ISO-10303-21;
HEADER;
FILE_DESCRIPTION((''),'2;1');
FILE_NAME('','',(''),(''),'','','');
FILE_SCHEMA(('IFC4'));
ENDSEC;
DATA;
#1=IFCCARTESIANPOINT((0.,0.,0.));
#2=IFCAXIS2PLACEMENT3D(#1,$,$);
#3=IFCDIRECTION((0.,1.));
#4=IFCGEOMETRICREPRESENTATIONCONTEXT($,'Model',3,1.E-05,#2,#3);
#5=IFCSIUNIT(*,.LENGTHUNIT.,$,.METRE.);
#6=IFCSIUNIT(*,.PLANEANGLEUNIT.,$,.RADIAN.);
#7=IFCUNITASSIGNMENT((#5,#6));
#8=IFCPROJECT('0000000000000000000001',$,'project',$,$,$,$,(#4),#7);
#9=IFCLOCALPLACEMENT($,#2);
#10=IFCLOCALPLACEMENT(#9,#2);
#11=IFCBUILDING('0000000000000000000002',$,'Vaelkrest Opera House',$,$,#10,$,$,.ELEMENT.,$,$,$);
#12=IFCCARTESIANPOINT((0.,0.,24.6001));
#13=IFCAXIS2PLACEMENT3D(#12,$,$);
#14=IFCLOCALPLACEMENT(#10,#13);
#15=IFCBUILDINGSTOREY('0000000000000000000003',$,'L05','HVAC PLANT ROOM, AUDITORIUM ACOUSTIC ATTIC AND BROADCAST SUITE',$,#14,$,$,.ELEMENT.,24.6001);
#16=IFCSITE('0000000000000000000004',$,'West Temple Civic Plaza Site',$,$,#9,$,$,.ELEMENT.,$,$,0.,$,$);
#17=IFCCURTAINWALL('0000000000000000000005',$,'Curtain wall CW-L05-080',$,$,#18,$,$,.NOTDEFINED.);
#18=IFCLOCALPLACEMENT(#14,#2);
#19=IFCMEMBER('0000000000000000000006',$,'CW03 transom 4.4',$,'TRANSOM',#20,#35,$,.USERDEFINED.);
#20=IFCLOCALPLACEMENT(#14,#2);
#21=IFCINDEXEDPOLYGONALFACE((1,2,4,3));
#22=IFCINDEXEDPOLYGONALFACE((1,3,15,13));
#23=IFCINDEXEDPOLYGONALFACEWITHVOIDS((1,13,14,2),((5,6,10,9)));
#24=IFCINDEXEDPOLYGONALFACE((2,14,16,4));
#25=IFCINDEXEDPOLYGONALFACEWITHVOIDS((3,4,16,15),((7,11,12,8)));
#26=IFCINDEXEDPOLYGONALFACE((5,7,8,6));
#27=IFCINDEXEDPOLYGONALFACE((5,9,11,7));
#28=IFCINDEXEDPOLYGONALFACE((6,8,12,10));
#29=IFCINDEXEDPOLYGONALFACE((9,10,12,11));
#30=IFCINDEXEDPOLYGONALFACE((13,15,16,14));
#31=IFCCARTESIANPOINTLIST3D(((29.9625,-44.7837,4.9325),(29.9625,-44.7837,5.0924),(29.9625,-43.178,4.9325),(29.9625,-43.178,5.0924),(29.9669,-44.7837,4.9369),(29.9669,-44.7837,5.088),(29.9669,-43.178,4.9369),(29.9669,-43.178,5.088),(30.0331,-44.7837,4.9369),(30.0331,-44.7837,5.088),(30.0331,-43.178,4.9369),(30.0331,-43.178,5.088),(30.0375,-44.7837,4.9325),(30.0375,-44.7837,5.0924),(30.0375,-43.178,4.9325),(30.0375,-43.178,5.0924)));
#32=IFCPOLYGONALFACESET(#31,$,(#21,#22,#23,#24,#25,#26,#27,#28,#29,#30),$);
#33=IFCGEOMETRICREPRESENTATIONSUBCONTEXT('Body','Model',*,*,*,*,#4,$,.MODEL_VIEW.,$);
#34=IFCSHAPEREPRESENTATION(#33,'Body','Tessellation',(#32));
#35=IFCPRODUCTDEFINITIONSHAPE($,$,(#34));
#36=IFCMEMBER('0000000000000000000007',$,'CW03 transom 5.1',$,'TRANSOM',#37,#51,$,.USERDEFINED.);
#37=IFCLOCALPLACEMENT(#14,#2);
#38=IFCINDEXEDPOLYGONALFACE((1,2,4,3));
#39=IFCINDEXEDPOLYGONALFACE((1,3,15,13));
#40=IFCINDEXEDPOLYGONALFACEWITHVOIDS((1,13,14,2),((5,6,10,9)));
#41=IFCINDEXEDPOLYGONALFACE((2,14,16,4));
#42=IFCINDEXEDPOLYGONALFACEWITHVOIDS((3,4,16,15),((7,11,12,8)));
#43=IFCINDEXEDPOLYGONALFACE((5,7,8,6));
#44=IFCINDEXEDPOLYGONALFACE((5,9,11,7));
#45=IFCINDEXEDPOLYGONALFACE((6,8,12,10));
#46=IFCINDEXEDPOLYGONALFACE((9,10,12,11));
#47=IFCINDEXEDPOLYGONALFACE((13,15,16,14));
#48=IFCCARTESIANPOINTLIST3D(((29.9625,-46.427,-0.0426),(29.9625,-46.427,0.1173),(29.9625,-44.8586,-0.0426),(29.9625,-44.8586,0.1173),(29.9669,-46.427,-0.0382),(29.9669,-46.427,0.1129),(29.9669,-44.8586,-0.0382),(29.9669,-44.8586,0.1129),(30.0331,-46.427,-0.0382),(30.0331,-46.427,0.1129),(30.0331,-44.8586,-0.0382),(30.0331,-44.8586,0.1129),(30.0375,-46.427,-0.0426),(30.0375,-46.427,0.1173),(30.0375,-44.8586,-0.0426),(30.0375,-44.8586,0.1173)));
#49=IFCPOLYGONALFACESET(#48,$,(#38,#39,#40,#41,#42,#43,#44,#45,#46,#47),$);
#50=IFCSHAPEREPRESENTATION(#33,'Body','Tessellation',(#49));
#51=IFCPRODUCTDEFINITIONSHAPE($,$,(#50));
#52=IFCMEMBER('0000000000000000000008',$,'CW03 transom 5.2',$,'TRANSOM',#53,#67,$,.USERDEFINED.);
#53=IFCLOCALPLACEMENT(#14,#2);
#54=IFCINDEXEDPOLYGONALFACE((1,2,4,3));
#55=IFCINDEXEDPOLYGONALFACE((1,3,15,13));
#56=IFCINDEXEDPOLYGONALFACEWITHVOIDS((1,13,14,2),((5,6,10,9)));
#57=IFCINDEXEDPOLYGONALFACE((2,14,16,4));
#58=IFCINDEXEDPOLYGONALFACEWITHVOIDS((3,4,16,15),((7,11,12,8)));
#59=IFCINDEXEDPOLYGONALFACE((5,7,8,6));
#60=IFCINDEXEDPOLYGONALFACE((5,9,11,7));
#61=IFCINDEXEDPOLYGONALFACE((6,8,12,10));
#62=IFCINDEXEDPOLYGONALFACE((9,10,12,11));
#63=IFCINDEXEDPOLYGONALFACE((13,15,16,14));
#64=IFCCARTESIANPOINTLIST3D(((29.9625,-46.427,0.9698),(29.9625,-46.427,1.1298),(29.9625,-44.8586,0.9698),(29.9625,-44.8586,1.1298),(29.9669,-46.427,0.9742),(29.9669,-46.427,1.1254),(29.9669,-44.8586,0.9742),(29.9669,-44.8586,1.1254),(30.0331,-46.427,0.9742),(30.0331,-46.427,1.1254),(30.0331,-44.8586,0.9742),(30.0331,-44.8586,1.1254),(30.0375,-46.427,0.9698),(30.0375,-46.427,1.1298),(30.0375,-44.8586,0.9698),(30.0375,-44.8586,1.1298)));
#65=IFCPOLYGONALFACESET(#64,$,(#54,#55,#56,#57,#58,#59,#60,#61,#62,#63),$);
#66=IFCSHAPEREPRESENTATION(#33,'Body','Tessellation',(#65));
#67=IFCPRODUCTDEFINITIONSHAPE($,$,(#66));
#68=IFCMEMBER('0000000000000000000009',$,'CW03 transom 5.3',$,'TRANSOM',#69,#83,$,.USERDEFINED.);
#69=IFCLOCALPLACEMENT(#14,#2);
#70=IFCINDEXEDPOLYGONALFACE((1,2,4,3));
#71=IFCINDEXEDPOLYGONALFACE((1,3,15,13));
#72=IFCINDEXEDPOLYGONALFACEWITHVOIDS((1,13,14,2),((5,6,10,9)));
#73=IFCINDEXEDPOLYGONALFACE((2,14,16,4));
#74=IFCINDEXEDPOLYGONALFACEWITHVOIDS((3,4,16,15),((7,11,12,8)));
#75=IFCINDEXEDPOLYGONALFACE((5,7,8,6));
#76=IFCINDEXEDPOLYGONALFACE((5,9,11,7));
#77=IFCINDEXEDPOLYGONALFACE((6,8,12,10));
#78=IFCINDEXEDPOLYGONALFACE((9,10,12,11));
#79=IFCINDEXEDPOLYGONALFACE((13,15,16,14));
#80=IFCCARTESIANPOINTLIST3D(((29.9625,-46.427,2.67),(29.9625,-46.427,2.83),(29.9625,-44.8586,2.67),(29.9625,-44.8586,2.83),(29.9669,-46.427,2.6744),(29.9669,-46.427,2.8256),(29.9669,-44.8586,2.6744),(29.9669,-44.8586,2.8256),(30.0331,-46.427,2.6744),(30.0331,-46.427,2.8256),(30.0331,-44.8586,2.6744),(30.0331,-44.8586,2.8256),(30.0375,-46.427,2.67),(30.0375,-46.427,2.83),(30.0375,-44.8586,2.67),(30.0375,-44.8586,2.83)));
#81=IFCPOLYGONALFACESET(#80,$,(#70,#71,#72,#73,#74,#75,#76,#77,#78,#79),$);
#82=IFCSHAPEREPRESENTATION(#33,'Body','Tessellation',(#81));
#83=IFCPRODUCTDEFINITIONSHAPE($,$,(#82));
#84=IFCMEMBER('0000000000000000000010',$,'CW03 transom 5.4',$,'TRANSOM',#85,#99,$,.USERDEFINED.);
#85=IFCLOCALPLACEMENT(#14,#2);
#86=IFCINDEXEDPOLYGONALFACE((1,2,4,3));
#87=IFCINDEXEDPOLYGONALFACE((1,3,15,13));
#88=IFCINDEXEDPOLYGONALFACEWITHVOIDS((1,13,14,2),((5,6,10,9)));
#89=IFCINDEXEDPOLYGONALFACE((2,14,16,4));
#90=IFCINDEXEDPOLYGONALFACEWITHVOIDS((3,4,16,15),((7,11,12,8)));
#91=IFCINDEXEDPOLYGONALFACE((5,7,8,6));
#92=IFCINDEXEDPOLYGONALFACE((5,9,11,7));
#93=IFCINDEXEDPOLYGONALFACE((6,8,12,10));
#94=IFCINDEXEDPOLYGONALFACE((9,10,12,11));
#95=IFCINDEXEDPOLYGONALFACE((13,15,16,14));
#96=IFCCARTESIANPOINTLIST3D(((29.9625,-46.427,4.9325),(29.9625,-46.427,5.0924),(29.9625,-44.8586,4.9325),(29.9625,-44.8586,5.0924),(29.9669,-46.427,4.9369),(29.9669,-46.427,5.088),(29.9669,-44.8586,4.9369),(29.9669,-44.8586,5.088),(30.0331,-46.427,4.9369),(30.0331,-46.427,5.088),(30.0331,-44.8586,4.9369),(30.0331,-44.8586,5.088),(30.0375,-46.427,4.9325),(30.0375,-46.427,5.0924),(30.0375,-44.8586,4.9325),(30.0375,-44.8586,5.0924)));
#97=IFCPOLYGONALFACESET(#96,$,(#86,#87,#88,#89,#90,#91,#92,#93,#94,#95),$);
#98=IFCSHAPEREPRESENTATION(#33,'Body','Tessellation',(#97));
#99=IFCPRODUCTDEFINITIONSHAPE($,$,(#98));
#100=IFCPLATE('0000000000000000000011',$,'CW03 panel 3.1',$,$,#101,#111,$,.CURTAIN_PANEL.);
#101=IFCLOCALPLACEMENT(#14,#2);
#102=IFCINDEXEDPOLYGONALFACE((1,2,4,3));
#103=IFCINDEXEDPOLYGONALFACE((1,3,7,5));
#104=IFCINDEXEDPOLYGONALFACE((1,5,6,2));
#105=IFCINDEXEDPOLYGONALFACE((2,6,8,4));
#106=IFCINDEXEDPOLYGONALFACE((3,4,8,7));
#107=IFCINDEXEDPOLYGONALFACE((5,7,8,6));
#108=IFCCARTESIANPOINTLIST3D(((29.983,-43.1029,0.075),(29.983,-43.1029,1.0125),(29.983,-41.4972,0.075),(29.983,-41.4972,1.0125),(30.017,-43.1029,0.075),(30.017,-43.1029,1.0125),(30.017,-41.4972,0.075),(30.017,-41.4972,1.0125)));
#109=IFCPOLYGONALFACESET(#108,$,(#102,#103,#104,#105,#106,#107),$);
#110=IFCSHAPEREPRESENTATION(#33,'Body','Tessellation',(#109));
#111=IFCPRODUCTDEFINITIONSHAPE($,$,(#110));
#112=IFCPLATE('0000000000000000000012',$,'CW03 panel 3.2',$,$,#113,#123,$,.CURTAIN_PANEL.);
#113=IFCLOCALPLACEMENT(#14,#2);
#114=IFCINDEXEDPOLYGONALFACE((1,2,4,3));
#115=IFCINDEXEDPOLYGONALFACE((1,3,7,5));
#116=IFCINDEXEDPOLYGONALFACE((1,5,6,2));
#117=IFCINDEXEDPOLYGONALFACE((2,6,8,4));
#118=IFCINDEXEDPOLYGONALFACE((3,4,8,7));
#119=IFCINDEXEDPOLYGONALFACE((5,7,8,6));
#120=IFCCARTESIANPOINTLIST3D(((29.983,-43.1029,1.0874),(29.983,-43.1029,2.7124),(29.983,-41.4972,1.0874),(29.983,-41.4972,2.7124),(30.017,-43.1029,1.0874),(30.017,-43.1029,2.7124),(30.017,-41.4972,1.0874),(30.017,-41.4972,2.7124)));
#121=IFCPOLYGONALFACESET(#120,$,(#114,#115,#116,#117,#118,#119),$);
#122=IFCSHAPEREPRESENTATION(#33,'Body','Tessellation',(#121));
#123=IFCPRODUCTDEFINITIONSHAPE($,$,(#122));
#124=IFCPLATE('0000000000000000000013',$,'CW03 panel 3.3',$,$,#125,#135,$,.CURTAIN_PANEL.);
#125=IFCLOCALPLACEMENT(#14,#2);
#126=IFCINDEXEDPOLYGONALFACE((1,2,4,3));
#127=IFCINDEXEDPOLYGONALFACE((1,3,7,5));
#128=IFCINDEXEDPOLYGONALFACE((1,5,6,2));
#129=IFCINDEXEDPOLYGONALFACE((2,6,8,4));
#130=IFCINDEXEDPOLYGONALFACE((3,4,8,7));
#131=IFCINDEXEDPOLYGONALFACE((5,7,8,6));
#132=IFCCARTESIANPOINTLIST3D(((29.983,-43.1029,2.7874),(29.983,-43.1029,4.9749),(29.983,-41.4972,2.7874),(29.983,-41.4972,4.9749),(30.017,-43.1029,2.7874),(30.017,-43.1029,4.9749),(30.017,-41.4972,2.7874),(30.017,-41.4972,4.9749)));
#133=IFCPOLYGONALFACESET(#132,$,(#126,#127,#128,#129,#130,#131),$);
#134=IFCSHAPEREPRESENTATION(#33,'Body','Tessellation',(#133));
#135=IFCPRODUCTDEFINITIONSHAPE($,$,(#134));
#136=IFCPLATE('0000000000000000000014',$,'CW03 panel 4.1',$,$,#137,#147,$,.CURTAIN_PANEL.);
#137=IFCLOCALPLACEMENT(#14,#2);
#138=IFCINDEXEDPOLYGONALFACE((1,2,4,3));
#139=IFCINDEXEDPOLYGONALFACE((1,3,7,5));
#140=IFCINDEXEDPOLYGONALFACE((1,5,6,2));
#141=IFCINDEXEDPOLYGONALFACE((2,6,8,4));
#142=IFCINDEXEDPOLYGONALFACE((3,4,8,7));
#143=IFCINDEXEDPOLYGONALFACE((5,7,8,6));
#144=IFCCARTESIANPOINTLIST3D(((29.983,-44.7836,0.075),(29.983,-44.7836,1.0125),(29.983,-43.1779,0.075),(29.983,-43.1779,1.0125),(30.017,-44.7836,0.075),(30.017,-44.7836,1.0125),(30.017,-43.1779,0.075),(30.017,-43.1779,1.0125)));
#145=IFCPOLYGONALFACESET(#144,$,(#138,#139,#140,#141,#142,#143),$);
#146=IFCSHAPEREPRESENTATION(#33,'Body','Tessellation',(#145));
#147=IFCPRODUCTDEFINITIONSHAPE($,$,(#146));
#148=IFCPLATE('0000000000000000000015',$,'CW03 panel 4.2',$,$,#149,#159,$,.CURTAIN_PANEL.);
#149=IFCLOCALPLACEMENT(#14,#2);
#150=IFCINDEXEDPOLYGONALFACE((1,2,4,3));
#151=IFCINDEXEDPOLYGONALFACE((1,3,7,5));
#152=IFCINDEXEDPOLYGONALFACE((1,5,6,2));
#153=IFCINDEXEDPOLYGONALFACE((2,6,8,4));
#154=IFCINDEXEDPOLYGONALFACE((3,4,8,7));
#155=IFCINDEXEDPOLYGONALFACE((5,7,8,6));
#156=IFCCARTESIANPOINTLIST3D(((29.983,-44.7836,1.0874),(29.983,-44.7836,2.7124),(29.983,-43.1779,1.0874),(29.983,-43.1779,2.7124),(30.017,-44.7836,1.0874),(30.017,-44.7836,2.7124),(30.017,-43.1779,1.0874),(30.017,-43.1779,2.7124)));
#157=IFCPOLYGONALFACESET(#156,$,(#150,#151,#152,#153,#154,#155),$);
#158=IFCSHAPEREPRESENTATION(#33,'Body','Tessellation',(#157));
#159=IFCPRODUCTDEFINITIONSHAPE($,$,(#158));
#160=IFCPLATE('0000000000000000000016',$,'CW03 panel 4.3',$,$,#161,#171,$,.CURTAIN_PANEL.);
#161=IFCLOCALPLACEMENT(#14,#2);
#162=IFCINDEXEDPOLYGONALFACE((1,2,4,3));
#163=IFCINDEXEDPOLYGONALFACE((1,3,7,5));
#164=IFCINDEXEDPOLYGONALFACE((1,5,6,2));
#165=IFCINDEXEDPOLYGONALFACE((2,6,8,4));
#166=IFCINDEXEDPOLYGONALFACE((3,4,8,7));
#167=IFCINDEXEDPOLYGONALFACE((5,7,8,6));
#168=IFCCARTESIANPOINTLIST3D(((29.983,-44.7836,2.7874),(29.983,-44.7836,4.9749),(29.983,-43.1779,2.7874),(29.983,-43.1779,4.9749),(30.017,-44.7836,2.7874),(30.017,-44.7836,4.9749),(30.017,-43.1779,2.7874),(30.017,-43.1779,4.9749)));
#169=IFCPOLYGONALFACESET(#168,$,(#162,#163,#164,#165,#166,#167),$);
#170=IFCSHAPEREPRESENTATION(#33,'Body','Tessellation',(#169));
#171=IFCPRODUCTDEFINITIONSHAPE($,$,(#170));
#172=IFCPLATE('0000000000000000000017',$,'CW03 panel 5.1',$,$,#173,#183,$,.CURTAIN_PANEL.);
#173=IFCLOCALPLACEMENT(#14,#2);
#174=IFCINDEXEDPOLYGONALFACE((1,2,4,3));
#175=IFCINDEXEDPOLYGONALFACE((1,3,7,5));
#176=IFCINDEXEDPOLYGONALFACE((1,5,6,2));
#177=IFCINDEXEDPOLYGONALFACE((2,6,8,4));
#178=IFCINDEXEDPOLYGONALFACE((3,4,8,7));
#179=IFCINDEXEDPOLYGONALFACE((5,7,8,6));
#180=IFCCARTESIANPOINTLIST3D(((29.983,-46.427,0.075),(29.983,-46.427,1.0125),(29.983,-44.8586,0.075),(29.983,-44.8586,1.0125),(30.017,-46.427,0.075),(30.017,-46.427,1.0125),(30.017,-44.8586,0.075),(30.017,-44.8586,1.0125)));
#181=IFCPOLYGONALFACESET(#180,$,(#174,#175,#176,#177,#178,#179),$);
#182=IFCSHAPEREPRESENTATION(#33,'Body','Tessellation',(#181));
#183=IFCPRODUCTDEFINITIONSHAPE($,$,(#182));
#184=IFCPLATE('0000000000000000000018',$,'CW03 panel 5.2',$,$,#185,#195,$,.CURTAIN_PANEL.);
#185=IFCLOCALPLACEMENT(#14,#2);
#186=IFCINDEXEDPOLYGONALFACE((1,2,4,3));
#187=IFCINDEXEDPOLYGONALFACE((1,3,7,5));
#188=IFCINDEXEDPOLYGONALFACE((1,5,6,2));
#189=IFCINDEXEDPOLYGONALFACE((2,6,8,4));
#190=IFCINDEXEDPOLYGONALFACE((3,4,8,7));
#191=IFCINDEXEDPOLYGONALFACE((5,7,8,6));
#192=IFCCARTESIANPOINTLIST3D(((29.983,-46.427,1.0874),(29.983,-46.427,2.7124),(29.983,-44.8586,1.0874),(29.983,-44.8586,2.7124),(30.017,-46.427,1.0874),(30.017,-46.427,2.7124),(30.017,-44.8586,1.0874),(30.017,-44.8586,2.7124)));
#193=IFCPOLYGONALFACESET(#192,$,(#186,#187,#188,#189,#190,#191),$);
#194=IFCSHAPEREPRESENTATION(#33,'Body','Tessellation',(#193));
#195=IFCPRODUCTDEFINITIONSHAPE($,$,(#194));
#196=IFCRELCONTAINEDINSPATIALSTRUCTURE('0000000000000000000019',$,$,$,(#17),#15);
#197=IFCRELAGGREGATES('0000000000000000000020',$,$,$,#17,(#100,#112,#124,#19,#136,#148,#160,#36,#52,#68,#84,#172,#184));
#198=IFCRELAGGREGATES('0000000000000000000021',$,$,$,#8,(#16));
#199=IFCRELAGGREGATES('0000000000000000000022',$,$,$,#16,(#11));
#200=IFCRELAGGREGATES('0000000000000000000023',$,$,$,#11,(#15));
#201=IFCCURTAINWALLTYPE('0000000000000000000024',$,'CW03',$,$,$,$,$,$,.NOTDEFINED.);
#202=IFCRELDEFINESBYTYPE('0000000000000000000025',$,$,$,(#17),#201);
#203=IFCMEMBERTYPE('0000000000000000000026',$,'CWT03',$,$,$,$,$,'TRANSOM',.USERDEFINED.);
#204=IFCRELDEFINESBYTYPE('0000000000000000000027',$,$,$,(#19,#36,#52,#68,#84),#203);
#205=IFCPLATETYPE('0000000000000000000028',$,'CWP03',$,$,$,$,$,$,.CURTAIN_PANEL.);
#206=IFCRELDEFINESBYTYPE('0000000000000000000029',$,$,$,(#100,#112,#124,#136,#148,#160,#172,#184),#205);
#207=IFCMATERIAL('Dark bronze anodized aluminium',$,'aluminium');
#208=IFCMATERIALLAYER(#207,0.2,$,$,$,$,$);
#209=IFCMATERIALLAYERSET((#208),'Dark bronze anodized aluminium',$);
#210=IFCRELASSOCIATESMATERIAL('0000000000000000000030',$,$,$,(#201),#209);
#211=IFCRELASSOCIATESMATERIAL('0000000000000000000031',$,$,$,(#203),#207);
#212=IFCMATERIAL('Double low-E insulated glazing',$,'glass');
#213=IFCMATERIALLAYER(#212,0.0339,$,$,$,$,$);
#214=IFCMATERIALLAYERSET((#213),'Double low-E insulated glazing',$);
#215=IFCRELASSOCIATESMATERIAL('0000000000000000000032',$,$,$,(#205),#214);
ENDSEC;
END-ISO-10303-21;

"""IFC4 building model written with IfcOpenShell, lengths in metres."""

from ifc_helpers import new_model, si_unit, direction, frame, origin, origin_2d, place, context, subcontext, project, spatial, rectangle, hollow_rectangle, extrude, material, layer, layer_set, material_profile, profile_set, type_object, element, aggregate, save


model = new_model("IFC4")

# Units and contexts
model_context = context("Model", 3, precision=1e-05, world=origin(), true_north=direction((0.0, 1.0)))
body_context = subcontext(model_context, "Body", "Model", "MODEL_VIEW")
ifc_project = project(units=[si_unit("LENGTHUNIT", "METRE"), si_unit("PLANEANGLEUNIT", "RADIAN")], contexts=[model_context])

# Site, building, storey
site_placement = place(None, origin())
site = spatial("IfcSite", under=ifc_project, at=site_placement, Name="West Temple Civic Plaza Site", CompositionType="ELEMENT", RefElevation=0.0)
building_placement = place(site_placement, origin())
building = spatial("IfcBuilding", under=site, at=building_placement, Name="Vaelkrest Opera House", CompositionType="ELEMENT")
storey_placement = place(building_placement, frame((0.0, 0.0, 24.6001)))
storey = spatial("IfcBuildingStorey", under=building, at=storey_placement, Name="L05", Description="HVAC PLANT ROOM, AUDITORIUM ACOUSTIC ATTIC AND BROADCAST SUITE", CompositionType="ELEMENT", Elevation=24.6001)

# Curtain wall, members, plates
ifc_material_1 = material(Name="Dark bronze anodized aluminium", Category="aluminium")
ifc_layer_1 = layer(ifc_material_1, 0.2)
ifc_layer_set_1 = layer_set([ifc_layer_1], Name="Dark bronze anodized aluminium")
curtain_wall_type = type_object("IfcCurtainWallType", Name="CW03", PredefinedType="NOTDEFINED", material=ifc_layer_set_1)
curtain_wall_placement = place(storey_placement, origin())
curtain_wall = element("IfcCurtainWall", 1, at=curtain_wall_placement, inside=storey, type_object=curtain_wall_type, Name="Curtain wall CW-L05-080", PredefinedType="NOTDEFINED")
ifc_material_profile_1 = material_profile(ifc_material_1, hollow_rectangle(XDim=0.075, YDim=0.1599, WallThickness=0.0044, at=origin_2d()), Name="CWT75X160")
ifc_profile_set_1 = profile_set([ifc_material_profile_1], Name="Dark bronze anodized aluminium")
member_type_1 = type_object("IfcMemberType", Name="CWT03", ElementType="TRANSOM", PredefinedType="USERDEFINED", material=ifc_profile_set_1)
member_1_placement = place(storey_placement, frame((30.0, -43.178, 5.0125), z_axis=(0.0, -1.0, 0.0), x_axis=(1.0, 0.0, 0.0)))
member_1 = element("IfcMember", 2, at=member_1_placement, type_object=member_type_1, Name="CW03 transom 4.4", ObjectType="TRANSOM", PredefinedType="USERDEFINED", context=body_context, shape_type="SweptSolid", body=[
    extrude(hollow_rectangle(XDim=0.075, YDim=0.1599, WallThickness=0.0044, at=origin_2d()), origin(), (0.0, 0.0, 1.0), 1.6057),
])
member_2_placement = place(storey_placement, frame((30.0, -44.8586, 0.0374), z_axis=(0.0, -1.0, 0.0), x_axis=(1.0, 0.0, 0.0)))
member_2 = element("IfcMember", 3, at=member_2_placement, type_object=member_type_1, Name="CW03 transom 5.1", ObjectType="TRANSOM", PredefinedType="USERDEFINED", context=body_context, shape_type="SweptSolid", body=[
    extrude(hollow_rectangle(XDim=0.075, YDim=0.1599, WallThickness=0.0044, at=origin_2d()), origin(), (0.0, 0.0, 1.0), 1.5684),
])
member_3_placement = place(storey_placement, frame((30.0, -44.8586, 1.0498), z_axis=(0.0, -1.0, 0.0), x_axis=(1.0, 0.0, 0.0)))
member_3 = element("IfcMember", 4, at=member_3_placement, type_object=member_type_1, Name="CW03 transom 5.2", ObjectType="TRANSOM", PredefinedType="USERDEFINED", context=body_context, shape_type="SweptSolid", body=[
    extrude(hollow_rectangle(XDim=0.075, YDim=0.1599, WallThickness=0.0044, at=origin_2d()), origin(), (0.0, 0.0, 1.0), 1.5684),
])
member_4_placement = place(storey_placement, frame((30.0, -44.8586, 2.75), z_axis=(0.0, -1.0, 0.0), x_axis=(1.0, 0.0, 0.0)))
member_4 = element("IfcMember", 5, at=member_4_placement, type_object=member_type_1, Name="CW03 transom 5.3", ObjectType="TRANSOM", PredefinedType="USERDEFINED", context=body_context, shape_type="SweptSolid", body=[
    extrude(hollow_rectangle(XDim=0.075, YDim=0.1599, WallThickness=0.0044, at=origin_2d()), origin(), (0.0, 0.0, 1.0), 1.5684),
])
member_5_placement = place(storey_placement, frame((30.0, -44.8586, 5.0125), z_axis=(0.0, -1.0, 0.0), x_axis=(1.0, 0.0, 0.0)))
member_5 = element("IfcMember", 6, at=member_5_placement, type_object=member_type_1, Name="CW03 transom 5.4", ObjectType="TRANSOM", PredefinedType="USERDEFINED", context=body_context, shape_type="SweptSolid", body=[
    extrude(hollow_rectangle(XDim=0.075, YDim=0.1599, WallThickness=0.0044, at=origin_2d()), origin(), (0.0, 0.0, 1.0), 1.5684),
])
ifc_material_2 = material(Name="Double low-E insulated glazing", Category="glass")
ifc_layer_2 = layer(ifc_material_2, 0.0339)
ifc_layer_set_2 = layer_set([ifc_layer_2], Name="Double low-E insulated glazing")
plate_type = type_object("IfcPlateType", Name="CWP03", PredefinedType="CURTAIN_PANEL", material=ifc_layer_set_2)
plate_1_placement = place(storey_placement, frame((30.0, -42.3, 0.075), z_axis=(0.0, 0.0, 1.0), x_axis=(0.0, -1.0, 0.0)))
plate_1 = element("IfcPlate", 7, at=plate_1_placement, type_object=plate_type, Name="CW03 panel 3.1", PredefinedType="CURTAIN_PANEL", context=body_context, shape_type="SweptSolid", body=[
    extrude(rectangle(XDim=1.6057, YDim=0.0339, at=origin_2d()), origin(), (0.0, 0.0, 1.0), 0.9375),
])
plate_2_placement = place(storey_placement, frame((30.0, -42.3, 1.0874), z_axis=(0.0, 0.0, 1.0), x_axis=(0.0, -1.0, 0.0)))
plate_2 = element("IfcPlate", 8, at=plate_2_placement, type_object=plate_type, Name="CW03 panel 3.2", PredefinedType="CURTAIN_PANEL", context=body_context, shape_type="SweptSolid", body=[
    extrude(rectangle(XDim=1.6057, YDim=0.0339, at=origin_2d()), origin(), (0.0, 0.0, 1.0), 1.625),
])
plate_3_placement = place(storey_placement, frame((30.0, -42.3, 2.7874), z_axis=(0.0, 0.0, 1.0), x_axis=(0.0, -1.0, 0.0)))
plate_3 = element("IfcPlate", 9, at=plate_3_placement, type_object=plate_type, Name="CW03 panel 3.3", PredefinedType="CURTAIN_PANEL", context=body_context, shape_type="SweptSolid", body=[
    extrude(rectangle(XDim=1.6057, YDim=0.0339, at=origin_2d()), origin(), (0.0, 0.0, 1.0), 2.1875),
])
plate_4_placement = place(storey_placement, frame((30.0, -43.9807, 0.075), z_axis=(0.0, 0.0, 1.0), x_axis=(0.0, -1.0, 0.0)))
plate_4 = element("IfcPlate", 10, at=plate_4_placement, type_object=plate_type, Name="CW03 panel 4.1", PredefinedType="CURTAIN_PANEL", context=body_context, shape_type="SweptSolid", body=[
    extrude(rectangle(XDim=1.6057, YDim=0.0339, at=origin_2d()), origin(), (0.0, 0.0, 1.0), 0.9375),
])
plate_5_placement = place(storey_placement, frame((30.0, -43.9807, 1.0874), z_axis=(0.0, 0.0, 1.0), x_axis=(0.0, -1.0, 0.0)))
plate_5 = element("IfcPlate", 11, at=plate_5_placement, type_object=plate_type, Name="CW03 panel 4.2", PredefinedType="CURTAIN_PANEL", context=body_context, shape_type="SweptSolid", body=[
    extrude(rectangle(XDim=1.6057, YDim=0.0339, at=origin_2d()), origin(), (0.0, 0.0, 1.0), 1.625),
])
plate_6_placement = place(storey_placement, frame((30.0, -43.9807, 2.7874), z_axis=(0.0, 0.0, 1.0), x_axis=(0.0, -1.0, 0.0)))
plate_6 = element("IfcPlate", 12, at=plate_6_placement, type_object=plate_type, Name="CW03 panel 4.3", PredefinedType="CURTAIN_PANEL", context=body_context, shape_type="SweptSolid", body=[
    extrude(rectangle(XDim=1.6057, YDim=0.0339, at=origin_2d()), origin(), (0.0, 0.0, 1.0), 2.1875),
])
plate_7_placement = place(storey_placement, frame((30.0, -45.6428, 0.075), z_axis=(0.0, 0.0, 1.0), x_axis=(0.0, -1.0, 0.0)))
plate_7 = element("IfcPlate", 13, at=plate_7_placement, type_object=plate_type, Name="CW03 panel 5.1", PredefinedType="CURTAIN_PANEL", context=body_context, shape_type="SweptSolid", body=[
    extrude(rectangle(XDim=1.5684, YDim=0.0339, at=origin_2d()), origin(), (0.0, 0.0, 1.0), 0.9375),
])
plate_8_placement = place(storey_placement, frame((30.0, -45.6428, 1.0874), z_axis=(0.0, 0.0, 1.0), x_axis=(0.0, -1.0, 0.0)))
plate_8 = element("IfcPlate", 14, at=plate_8_placement, type_object=plate_type, Name="CW03 panel 5.2", PredefinedType="CURTAIN_PANEL", context=body_context, shape_type="SweptSolid", body=[
    extrude(rectangle(XDim=1.5684, YDim=0.0339, at=origin_2d()), origin(), (0.0, 0.0, 1.0), 1.625),
])
aggregate(curtain_wall, [plate_1, plate_2, plate_3, member_1, plate_4, plate_5, plate_6, member_2, member_3, member_4, member_5, plate_7, plate_8])

save(model, "model.ifc")
